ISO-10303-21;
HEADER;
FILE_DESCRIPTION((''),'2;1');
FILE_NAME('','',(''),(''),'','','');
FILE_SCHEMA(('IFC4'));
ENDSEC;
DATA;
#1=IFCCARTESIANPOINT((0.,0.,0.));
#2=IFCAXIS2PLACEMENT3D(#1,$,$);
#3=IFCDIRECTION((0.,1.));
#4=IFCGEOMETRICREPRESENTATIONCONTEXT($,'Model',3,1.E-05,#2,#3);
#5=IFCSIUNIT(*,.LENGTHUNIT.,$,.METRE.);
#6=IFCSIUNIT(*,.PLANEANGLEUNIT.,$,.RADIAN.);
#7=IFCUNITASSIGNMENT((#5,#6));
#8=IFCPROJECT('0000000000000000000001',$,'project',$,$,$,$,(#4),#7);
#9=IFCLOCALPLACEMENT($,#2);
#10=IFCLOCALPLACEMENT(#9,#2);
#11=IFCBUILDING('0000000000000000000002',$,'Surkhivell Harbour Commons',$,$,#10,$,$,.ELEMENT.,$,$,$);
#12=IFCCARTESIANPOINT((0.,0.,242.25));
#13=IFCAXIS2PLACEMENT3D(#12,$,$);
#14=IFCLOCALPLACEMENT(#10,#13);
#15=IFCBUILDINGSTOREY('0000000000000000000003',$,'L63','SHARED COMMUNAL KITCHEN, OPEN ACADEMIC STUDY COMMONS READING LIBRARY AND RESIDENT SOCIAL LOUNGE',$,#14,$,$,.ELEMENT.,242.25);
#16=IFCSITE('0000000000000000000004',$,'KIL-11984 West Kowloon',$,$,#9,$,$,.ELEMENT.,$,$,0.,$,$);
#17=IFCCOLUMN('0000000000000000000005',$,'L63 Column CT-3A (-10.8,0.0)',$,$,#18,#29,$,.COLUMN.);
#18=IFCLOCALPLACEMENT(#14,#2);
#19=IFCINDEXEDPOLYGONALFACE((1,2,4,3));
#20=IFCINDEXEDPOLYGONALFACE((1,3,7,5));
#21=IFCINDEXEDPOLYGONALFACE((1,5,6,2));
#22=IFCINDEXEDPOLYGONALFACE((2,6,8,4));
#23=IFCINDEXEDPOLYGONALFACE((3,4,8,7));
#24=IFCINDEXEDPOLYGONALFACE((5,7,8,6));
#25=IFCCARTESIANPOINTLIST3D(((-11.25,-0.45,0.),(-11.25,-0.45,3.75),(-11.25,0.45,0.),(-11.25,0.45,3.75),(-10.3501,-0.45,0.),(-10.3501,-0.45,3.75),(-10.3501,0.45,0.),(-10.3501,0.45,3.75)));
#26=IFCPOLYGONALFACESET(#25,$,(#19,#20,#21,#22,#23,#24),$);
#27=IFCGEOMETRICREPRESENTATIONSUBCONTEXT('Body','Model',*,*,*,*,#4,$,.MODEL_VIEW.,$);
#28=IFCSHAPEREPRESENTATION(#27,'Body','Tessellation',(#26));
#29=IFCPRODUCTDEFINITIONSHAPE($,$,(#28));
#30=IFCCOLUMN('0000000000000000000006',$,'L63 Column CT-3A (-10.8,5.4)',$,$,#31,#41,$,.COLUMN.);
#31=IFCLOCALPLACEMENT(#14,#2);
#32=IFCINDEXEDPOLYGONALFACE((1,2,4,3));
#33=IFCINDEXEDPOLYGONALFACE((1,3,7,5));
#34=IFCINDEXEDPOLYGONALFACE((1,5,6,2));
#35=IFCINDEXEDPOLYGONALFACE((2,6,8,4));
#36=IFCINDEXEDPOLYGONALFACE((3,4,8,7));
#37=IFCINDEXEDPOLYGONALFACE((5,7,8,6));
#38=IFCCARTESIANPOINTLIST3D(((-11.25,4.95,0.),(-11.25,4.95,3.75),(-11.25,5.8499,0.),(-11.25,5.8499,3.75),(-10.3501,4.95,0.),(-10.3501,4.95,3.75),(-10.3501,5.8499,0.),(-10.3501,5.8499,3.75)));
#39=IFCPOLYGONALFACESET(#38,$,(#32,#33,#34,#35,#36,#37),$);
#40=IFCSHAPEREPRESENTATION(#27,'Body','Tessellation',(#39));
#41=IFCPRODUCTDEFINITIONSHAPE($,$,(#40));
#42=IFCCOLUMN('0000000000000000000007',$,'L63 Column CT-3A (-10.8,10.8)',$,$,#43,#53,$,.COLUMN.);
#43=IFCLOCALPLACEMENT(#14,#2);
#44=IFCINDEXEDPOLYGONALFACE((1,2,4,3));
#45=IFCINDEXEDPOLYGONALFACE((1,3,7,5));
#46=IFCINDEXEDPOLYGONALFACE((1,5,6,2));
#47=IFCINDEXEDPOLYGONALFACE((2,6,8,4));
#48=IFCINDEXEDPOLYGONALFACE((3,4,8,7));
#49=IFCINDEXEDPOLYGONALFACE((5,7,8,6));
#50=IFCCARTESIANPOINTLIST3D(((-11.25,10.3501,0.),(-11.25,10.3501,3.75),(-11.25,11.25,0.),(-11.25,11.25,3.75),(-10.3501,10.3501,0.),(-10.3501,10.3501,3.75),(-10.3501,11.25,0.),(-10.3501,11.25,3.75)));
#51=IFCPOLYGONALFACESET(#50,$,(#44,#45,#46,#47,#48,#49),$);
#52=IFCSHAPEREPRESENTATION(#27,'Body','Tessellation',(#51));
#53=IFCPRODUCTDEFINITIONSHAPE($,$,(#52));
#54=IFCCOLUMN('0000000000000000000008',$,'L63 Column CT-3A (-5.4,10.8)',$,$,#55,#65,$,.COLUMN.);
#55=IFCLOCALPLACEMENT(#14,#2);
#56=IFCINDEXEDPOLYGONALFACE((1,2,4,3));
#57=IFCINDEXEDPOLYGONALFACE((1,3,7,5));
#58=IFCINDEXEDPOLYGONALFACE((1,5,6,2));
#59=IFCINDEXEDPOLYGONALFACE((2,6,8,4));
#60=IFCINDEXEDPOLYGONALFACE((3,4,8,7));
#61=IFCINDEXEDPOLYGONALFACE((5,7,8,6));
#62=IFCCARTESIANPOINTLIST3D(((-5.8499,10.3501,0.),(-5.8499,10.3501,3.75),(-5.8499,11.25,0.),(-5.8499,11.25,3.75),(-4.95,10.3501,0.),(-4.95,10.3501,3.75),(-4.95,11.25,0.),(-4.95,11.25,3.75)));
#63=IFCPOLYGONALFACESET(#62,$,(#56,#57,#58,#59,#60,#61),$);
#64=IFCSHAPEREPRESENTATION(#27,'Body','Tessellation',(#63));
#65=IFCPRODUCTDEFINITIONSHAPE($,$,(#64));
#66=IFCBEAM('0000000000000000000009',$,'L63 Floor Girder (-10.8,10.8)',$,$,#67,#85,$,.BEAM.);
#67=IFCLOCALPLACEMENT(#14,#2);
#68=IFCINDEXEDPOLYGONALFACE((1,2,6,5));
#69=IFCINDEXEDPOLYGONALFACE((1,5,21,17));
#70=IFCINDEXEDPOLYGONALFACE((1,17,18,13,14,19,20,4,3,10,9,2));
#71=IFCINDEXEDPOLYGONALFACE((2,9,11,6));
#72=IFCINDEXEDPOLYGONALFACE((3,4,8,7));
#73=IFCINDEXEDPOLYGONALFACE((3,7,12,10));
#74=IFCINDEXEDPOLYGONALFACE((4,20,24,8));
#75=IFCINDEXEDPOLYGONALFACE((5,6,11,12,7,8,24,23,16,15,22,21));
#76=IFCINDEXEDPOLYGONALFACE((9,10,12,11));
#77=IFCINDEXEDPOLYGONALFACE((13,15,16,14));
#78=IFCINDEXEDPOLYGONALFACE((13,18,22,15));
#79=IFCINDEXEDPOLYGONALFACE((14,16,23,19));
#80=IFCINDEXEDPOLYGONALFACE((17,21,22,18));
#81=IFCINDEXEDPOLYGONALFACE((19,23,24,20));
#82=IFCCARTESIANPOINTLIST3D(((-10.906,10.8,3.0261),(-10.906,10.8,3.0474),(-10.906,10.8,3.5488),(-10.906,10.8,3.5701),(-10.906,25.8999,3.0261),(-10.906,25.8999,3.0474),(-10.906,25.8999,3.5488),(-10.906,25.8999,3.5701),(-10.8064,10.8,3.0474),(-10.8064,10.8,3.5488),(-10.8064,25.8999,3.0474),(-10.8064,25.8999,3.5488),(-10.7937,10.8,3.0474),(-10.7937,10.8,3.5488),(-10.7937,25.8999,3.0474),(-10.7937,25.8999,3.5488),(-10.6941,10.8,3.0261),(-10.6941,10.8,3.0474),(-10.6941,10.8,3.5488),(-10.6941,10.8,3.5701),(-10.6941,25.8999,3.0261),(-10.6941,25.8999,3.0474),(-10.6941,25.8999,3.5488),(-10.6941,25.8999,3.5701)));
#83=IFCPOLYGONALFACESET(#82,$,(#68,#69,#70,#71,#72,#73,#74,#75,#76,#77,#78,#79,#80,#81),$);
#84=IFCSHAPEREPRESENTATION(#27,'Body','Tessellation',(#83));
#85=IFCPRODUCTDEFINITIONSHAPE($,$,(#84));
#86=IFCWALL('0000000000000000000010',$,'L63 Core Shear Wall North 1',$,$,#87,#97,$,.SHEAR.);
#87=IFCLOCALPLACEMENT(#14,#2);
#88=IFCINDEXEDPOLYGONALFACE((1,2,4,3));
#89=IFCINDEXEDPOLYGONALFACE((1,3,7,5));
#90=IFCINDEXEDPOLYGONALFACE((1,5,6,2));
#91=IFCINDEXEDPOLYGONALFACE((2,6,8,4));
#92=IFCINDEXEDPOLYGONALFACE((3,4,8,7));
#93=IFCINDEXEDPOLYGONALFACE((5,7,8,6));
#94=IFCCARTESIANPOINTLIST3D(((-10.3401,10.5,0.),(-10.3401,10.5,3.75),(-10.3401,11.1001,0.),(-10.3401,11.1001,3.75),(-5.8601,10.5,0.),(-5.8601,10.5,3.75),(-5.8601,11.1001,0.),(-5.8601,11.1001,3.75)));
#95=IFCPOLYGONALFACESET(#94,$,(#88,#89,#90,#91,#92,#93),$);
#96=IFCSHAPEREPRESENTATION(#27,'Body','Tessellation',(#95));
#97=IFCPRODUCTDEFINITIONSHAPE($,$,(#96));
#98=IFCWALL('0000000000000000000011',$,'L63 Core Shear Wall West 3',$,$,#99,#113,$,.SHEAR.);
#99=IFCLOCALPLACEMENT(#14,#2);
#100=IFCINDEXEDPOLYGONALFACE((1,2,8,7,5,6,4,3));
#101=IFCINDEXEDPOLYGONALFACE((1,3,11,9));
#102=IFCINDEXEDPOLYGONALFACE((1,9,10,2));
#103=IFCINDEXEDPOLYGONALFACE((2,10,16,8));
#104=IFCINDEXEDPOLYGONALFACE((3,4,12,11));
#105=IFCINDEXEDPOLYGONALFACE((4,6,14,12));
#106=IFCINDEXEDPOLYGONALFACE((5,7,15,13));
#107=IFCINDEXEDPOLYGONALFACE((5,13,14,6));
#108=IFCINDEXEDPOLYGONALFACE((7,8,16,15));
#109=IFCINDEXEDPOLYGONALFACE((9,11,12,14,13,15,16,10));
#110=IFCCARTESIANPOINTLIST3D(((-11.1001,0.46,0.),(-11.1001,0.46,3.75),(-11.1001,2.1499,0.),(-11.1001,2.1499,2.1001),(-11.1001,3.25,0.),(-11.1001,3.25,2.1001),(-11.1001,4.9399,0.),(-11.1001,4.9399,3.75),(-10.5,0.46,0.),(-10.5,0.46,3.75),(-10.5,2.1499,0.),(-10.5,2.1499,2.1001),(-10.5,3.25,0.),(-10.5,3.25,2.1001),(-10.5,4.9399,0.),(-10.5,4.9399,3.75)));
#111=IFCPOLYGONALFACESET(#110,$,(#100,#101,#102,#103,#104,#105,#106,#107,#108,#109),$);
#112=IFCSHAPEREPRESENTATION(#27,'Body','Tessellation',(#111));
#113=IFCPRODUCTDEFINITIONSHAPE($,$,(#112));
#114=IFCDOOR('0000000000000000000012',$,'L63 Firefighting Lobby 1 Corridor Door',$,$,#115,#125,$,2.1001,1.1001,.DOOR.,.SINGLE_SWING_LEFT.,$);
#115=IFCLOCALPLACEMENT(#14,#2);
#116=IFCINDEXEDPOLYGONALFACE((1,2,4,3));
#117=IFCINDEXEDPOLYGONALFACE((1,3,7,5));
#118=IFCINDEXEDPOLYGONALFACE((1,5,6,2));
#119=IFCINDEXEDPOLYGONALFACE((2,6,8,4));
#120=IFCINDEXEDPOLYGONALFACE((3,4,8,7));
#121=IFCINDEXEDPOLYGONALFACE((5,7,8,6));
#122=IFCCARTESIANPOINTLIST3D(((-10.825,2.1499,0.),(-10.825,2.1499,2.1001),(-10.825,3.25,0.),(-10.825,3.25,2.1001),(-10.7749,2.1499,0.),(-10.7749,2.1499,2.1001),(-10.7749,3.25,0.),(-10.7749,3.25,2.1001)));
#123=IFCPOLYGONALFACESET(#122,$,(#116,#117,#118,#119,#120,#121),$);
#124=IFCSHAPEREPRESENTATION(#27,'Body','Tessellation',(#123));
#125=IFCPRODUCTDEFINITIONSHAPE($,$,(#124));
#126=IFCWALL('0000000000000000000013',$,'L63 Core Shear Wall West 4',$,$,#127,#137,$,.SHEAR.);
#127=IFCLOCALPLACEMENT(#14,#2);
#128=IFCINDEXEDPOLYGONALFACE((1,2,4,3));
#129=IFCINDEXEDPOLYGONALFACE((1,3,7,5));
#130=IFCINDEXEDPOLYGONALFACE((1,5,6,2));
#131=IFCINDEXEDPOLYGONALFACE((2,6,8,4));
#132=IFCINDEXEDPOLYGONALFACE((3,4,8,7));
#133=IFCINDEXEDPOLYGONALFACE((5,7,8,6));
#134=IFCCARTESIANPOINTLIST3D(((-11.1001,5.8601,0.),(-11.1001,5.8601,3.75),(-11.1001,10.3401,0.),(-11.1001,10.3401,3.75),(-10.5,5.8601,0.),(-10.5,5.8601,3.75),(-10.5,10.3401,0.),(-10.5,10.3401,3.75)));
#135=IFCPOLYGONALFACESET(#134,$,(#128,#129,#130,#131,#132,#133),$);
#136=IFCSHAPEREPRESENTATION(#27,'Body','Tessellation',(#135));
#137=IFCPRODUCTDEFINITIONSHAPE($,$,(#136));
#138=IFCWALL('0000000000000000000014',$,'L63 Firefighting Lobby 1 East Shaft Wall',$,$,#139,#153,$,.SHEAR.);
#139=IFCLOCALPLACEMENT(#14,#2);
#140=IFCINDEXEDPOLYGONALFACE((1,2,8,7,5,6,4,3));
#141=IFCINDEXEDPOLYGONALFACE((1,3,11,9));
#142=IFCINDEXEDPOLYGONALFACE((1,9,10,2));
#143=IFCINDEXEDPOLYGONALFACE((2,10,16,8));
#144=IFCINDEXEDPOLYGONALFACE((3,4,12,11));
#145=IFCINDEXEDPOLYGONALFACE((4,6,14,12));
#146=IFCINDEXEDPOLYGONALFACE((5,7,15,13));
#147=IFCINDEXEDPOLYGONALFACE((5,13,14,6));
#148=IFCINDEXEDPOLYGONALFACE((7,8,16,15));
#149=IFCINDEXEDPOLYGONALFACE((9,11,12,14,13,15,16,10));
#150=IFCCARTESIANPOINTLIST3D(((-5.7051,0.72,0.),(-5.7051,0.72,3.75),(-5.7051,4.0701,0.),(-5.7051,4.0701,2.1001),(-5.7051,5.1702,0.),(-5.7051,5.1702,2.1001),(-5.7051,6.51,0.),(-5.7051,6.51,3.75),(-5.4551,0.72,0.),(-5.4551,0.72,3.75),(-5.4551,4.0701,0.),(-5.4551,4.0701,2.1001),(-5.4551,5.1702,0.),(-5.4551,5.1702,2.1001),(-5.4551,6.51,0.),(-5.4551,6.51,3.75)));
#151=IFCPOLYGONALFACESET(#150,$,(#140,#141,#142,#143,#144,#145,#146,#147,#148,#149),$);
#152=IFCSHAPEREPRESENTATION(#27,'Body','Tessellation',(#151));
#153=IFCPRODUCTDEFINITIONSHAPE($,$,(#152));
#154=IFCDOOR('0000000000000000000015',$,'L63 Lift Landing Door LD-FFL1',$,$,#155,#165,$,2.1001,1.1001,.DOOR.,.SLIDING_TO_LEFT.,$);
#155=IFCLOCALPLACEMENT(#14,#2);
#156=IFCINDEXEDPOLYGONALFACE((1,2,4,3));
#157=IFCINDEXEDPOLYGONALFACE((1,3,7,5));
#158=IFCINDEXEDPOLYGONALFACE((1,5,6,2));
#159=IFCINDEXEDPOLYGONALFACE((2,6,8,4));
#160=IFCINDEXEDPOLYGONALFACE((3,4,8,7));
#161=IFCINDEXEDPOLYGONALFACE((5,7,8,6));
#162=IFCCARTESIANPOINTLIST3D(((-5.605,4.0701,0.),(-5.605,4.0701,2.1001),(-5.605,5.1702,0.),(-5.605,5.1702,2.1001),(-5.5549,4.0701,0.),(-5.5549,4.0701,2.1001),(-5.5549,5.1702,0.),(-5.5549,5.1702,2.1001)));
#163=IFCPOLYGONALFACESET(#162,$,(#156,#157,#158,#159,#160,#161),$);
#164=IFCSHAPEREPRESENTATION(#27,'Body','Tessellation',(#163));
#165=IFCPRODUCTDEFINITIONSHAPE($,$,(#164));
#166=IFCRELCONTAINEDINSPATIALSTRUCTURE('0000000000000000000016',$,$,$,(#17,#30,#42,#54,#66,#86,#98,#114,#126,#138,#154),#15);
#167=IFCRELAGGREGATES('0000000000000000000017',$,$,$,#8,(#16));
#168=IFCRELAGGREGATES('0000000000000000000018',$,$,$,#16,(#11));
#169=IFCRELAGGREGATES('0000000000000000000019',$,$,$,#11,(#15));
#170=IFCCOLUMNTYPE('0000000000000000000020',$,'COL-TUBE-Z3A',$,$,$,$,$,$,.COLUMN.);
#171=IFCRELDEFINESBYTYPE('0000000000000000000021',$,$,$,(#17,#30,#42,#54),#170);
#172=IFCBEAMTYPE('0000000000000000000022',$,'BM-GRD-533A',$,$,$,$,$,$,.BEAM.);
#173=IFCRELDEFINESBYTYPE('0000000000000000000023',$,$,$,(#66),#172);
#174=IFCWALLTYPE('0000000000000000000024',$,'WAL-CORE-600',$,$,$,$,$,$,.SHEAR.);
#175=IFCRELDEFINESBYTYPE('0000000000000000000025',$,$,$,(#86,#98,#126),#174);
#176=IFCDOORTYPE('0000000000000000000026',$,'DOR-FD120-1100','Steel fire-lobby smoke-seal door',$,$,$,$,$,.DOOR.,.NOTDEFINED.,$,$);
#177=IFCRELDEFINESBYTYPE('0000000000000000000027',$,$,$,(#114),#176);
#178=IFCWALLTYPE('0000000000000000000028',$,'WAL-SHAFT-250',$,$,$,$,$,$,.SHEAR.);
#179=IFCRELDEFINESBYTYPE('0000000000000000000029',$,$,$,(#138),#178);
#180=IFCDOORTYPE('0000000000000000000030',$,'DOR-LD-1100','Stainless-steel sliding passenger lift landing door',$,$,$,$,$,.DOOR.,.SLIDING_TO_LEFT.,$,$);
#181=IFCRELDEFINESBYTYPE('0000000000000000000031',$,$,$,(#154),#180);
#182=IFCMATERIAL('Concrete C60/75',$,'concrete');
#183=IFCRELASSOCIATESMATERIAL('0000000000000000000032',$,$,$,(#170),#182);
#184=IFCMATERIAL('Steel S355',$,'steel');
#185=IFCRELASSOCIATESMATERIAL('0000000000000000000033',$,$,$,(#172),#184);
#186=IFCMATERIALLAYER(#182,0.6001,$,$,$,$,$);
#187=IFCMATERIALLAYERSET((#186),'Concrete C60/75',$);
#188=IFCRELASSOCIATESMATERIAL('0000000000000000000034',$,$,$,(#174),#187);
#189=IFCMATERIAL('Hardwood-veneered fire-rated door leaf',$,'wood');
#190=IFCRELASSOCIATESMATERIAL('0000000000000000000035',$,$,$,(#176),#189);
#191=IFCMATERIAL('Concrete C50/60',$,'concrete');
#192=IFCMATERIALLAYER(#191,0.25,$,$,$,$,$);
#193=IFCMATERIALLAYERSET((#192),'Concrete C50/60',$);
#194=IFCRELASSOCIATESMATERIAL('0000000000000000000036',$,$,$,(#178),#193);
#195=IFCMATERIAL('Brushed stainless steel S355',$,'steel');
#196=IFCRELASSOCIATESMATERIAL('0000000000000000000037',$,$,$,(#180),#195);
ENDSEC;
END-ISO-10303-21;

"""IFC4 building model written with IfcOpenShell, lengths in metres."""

from ifc_helpers import new_model, si_unit, direction, frame, frame_2d, origin, origin_2d, place, context, subcontext, project, spatial, rectangle, i_section, extrude, material, layer, layer_set, material_profile, profile_set, type_object, element, fill, save


model = new_model("IFC4")

# Units and contexts
model_context = context("Model", 3, precision=1e-05, world=origin(), true_north=direction((0.0, 1.0)))
body_context = subcontext(model_context, "Body", "Model", "MODEL_VIEW")
ifc_project = project(units=[si_unit("LENGTHUNIT", "METRE"), si_unit("PLANEANGLEUNIT", "RADIAN")], contexts=[model_context])

# Site, building, storey
site_placement = place(None, origin())
site = spatial("IfcSite", under=ifc_project, at=site_placement, Name="KIL-11984 West Kowloon", CompositionType="ELEMENT", RefElevation=0.0)
building_placement = place(site_placement, origin())
building = spatial("IfcBuilding", under=site, at=building_placement, Name="Surkhivell Harbour Commons", CompositionType="ELEMENT")
storey_placement = place(building_placement, frame((0.0, 0.0, 242.25)))
storey = spatial("IfcBuildingStorey", under=building, at=storey_placement, Name="L63", Description="SHARED COMMUNAL KITCHEN, OPEN ACADEMIC STUDY COMMONS READING LIBRARY AND RESIDENT SOCIAL LOUNGE", CompositionType="ELEMENT", Elevation=242.25)

# Columns
ifc_material_1 = material(Name="Concrete C60/75", Category="concrete")
ifc_material_profile_1 = material_profile(ifc_material_1, rectangle(XDim=0.8999, YDim=0.8999, at=origin_2d()), Name="RC-COL-900x900")
ifc_profile_set_1 = profile_set([ifc_material_profile_1], Name="Concrete C60/75")
column_type = type_object("IfcColumnType", Name="COL-TUBE-Z3A", PredefinedType="COLUMN", material=ifc_profile_set_1)
for number, where, z_axis, x_axis, name in (
    (1, (-10.8, 0.0, 0.0), (0.0, 0.0, 1.0), (1.0, 0.0, 0.0), "L63 Column CT-3A (-10.8,0.0)"),
    (2, (-10.8, 5.3999, 0.0), (0.0, 0.0, 1.0), (1.0, 0.0, 0.0), "L63 Column CT-3A (-10.8,5.4)"),
    (3, (-10.8, 10.8, 0.0), (0.0, 0.0, 1.0), (1.0, 0.0, 0.0), "L63 Column CT-3A (-10.8,10.8)"),
    (4, (-5.3999, 10.8, 0.0), (0.0, 0.0, 1.0), (1.0, 0.0, 0.0), "L63 Column CT-3A (-5.4,10.8)"),
):
    element("IfcColumn", number, at=place(storey_placement, frame(where, z_axis=z_axis, x_axis=x_axis)), inside=storey, type_object=column_type, Name=name, PredefinedType="COLUMN", context=body_context, shape_type="SweptSolid", body=[
        extrude(rectangle(XDim=0.8999, YDim=0.8999, at=origin_2d()), origin(), (0.0, 0.0, 1.0), 3.75),
    ])

# Beam
ifc_material_2 = material(Name="Steel S355", Category="steel")
ifc_material_profile_2 = material_profile(ifc_material_2, i_section(OverallWidth=0.2119, OverallDepth=0.5439, WebThickness=0.0127, FlangeThickness=0.0212, at=origin_2d()), Name="UB533x210x122")
ifc_profile_set_2 = profile_set([ifc_material_profile_2], Name="Steel S355")
beam_type = type_object("IfcBeamType", Name="BM-GRD-533A", PredefinedType="BEAM", material=ifc_profile_set_2)
beam_placement = place(storey_placement, frame((-10.8, 10.8, 3.2981), z_axis=(0.0, 1.0, 0.0), x_axis=(-1.0, 0.0, 0.0)))
element("IfcBeam", 5, at=beam_placement, inside=storey, type_object=beam_type, Name="L63 Floor Girder (-10.8,10.8)", PredefinedType="BEAM", context=body_context, shape_type="SweptSolid", body=[
    extrude(i_section(OverallWidth=0.2119, OverallDepth=0.5439, WebThickness=0.0127, FlangeThickness=0.0212, at=origin_2d()), origin(), (0.0, 0.0, 1.0), 15.0999),
])

# Wall
ifc_layer_1 = layer(ifc_material_1, 0.6001)
ifc_layer_set_1 = layer_set([ifc_layer_1], Name="Concrete C60/75")
wall_type_1 = type_object("IfcWallType", Name="WAL-CORE-600", PredefinedType="SHEAR", material=ifc_layer_set_1)
wall_1_placement = place(storey_placement, frame((-10.3401, 10.8, 0.0), z_axis=(0.0, 0.0, 1.0), x_axis=(1.0, 0.0, 0.0)))
element("IfcWall", 6, at=wall_1_placement, inside=storey, type_object=wall_type_1, Name="L63 Core Shear Wall North 1", PredefinedType="SHEAR", context=body_context, shape_type="SweptSolid", body=[
    extrude(rectangle(XDim=4.48, YDim=0.6001, at=frame_2d((2.24, 0.0))), origin(), (0.0, 0.0, 1.0), 3.75),
])

# Wall, opening, door
wall_2_placement = place(storey_placement, frame((-10.8, 0.46, 0.0), z_axis=(0.0, 0.0, 1.0), x_axis=(0.0, 1.0, 0.0)))
wall_2 = element("IfcWall", 7, at=wall_2_placement, inside=storey, type_object=wall_type_1, Name="L63 Core Shear Wall West 3", PredefinedType="SHEAR", context=body_context, shape_type="SweptSolid", body=[
    extrude(rectangle(XDim=4.48, YDim=0.6001, at=frame_2d((2.24, 0.0))), origin(), (0.0, 0.0, 1.0), 3.75),
])
opening_1_placement = place(wall_2_placement, frame((1.6899, 0.0, 0.0)))
opening_1 = element("IfcOpeningElement", 8, at=opening_1_placement, cuts=wall_2, PredefinedType="OPENING", context=body_context, shape_type="SweptSolid", body=[
    extrude(rectangle(XDim=1.1001, YDim=2.1001, at=frame_2d((0.55, 1.05))), frame((0.0, 0.3101, 0.0), z_axis=(0.0, -1.0, 0.0), x_axis=(1.0, 0.0, 0.0)), (0.0, 0.0, 1.0), 0.6201),
])
ifc_material_3 = material(Name="Hardwood-veneered fire-rated door leaf", Category="wood")
door_type_1 = type_object("IfcDoorType", Name="DOR-FD120-1100", Description="Steel fire-lobby smoke-seal door", OperationType="NOTDEFINED", PredefinedType="DOOR", material=ifc_material_3)
door_1_placement = place(opening_1_placement, origin())
door_1 = element("IfcDoor", 9, at=door_1_placement, inside=storey, type_object=door_type_1, Name="L63 Firefighting Lobby 1 Corridor Door", OperationType="SINGLE_SWING_LEFT", OverallHeight=2.1001, OverallWidth=1.1001, PredefinedType="DOOR", context=body_context, shape_type="SweptSolid", body=[
    extrude(rectangle(XDim=1.1001, YDim=2.1001, at=frame_2d((0.55, 1.05))), frame((0.0, 0.0249, 0.0), z_axis=(0.0, -1.0, 0.0), x_axis=(1.0, 0.0, 0.0)), (0.0, 0.0, 1.0), 0.05),
])
fill(opening_1, door_1)

# Wall
wall_3_placement = place(storey_placement, frame((-10.8, 5.8601, 0.0), z_axis=(0.0, 0.0, 1.0), x_axis=(0.0, 1.0, 0.0)))
element("IfcWall", 10, at=wall_3_placement, inside=storey, type_object=wall_type_1, Name="L63 Core Shear Wall West 4", PredefinedType="SHEAR", context=body_context, shape_type="SweptSolid", body=[
    extrude(rectangle(XDim=4.48, YDim=0.6001, at=frame_2d((2.24, 0.0))), origin(), (0.0, 0.0, 1.0), 3.75),
])

# Wall, opening, door
ifc_material_4 = material(Name="Concrete C50/60", Category="concrete")
ifc_layer_2 = layer(ifc_material_4, 0.25)
ifc_layer_set_2 = layer_set([ifc_layer_2], Name="Concrete C50/60")
wall_type_2 = type_object("IfcWallType", Name="WAL-SHAFT-250", PredefinedType="SHEAR", material=ifc_layer_set_2)
wall_4_placement = place(storey_placement, frame((-5.5801, 0.72, 0.0), z_axis=(0.0, 0.0, 1.0), x_axis=(0.0, 1.0, 0.0)))
wall_4 = element("IfcWall", 11, at=wall_4_placement, inside=storey, type_object=wall_type_2, Name="L63 Firefighting Lobby 1 East Shaft Wall", PredefinedType="SHEAR", context=body_context, shape_type="SweptSolid", body=[
    extrude(rectangle(XDim=5.79, YDim=0.25, at=frame_2d((2.895, 0.0))), origin(), (0.0, 0.0, 1.0), 3.75),
])
opening_2_placement = place(wall_4_placement, frame((3.3501, 0.0, 0.0)))
opening_2 = element("IfcOpeningElement", 12, at=opening_2_placement, cuts=wall_4, PredefinedType="OPENING", context=body_context, shape_type="SweptSolid", body=[
    extrude(rectangle(XDim=1.1001, YDim=2.1001, at=frame_2d((0.55, 1.05))), frame((0.0, 0.135, 0.0), z_axis=(0.0, -1.0, 0.0), x_axis=(1.0, 0.0, 0.0)), (0.0, 0.0, 1.0), 0.27),
])
ifc_material_5 = material(Name="Brushed stainless steel S355", Category="steel")
door_type_2 = type_object("IfcDoorType", Name="DOR-LD-1100", Description="Stainless-steel sliding passenger lift landing door", OperationType="SLIDING_TO_LEFT", PredefinedType="DOOR", material=ifc_material_5)
door_2_placement = place(opening_2_placement, origin())
door_2 = element("IfcDoor", 13, at=door_2_placement, inside=storey, type_object=door_type_2, Name="L63 Lift Landing Door LD-FFL1", OperationType="SLIDING_TO_LEFT", OverallHeight=2.1001, OverallWidth=1.1001, PredefinedType="DOOR", context=body_context, shape_type="SweptSolid", body=[
    extrude(rectangle(XDim=1.1001, YDim=2.1001, at=frame_2d((0.55, 1.05))), frame((0.0, 0.0249, 0.0), z_axis=(0.0, -1.0, 0.0), x_axis=(1.0, 0.0, 0.0)), (0.0, 0.0, 1.0), 0.05),
])
fill(opening_2, door_2)

save(model, "model.ifc")
